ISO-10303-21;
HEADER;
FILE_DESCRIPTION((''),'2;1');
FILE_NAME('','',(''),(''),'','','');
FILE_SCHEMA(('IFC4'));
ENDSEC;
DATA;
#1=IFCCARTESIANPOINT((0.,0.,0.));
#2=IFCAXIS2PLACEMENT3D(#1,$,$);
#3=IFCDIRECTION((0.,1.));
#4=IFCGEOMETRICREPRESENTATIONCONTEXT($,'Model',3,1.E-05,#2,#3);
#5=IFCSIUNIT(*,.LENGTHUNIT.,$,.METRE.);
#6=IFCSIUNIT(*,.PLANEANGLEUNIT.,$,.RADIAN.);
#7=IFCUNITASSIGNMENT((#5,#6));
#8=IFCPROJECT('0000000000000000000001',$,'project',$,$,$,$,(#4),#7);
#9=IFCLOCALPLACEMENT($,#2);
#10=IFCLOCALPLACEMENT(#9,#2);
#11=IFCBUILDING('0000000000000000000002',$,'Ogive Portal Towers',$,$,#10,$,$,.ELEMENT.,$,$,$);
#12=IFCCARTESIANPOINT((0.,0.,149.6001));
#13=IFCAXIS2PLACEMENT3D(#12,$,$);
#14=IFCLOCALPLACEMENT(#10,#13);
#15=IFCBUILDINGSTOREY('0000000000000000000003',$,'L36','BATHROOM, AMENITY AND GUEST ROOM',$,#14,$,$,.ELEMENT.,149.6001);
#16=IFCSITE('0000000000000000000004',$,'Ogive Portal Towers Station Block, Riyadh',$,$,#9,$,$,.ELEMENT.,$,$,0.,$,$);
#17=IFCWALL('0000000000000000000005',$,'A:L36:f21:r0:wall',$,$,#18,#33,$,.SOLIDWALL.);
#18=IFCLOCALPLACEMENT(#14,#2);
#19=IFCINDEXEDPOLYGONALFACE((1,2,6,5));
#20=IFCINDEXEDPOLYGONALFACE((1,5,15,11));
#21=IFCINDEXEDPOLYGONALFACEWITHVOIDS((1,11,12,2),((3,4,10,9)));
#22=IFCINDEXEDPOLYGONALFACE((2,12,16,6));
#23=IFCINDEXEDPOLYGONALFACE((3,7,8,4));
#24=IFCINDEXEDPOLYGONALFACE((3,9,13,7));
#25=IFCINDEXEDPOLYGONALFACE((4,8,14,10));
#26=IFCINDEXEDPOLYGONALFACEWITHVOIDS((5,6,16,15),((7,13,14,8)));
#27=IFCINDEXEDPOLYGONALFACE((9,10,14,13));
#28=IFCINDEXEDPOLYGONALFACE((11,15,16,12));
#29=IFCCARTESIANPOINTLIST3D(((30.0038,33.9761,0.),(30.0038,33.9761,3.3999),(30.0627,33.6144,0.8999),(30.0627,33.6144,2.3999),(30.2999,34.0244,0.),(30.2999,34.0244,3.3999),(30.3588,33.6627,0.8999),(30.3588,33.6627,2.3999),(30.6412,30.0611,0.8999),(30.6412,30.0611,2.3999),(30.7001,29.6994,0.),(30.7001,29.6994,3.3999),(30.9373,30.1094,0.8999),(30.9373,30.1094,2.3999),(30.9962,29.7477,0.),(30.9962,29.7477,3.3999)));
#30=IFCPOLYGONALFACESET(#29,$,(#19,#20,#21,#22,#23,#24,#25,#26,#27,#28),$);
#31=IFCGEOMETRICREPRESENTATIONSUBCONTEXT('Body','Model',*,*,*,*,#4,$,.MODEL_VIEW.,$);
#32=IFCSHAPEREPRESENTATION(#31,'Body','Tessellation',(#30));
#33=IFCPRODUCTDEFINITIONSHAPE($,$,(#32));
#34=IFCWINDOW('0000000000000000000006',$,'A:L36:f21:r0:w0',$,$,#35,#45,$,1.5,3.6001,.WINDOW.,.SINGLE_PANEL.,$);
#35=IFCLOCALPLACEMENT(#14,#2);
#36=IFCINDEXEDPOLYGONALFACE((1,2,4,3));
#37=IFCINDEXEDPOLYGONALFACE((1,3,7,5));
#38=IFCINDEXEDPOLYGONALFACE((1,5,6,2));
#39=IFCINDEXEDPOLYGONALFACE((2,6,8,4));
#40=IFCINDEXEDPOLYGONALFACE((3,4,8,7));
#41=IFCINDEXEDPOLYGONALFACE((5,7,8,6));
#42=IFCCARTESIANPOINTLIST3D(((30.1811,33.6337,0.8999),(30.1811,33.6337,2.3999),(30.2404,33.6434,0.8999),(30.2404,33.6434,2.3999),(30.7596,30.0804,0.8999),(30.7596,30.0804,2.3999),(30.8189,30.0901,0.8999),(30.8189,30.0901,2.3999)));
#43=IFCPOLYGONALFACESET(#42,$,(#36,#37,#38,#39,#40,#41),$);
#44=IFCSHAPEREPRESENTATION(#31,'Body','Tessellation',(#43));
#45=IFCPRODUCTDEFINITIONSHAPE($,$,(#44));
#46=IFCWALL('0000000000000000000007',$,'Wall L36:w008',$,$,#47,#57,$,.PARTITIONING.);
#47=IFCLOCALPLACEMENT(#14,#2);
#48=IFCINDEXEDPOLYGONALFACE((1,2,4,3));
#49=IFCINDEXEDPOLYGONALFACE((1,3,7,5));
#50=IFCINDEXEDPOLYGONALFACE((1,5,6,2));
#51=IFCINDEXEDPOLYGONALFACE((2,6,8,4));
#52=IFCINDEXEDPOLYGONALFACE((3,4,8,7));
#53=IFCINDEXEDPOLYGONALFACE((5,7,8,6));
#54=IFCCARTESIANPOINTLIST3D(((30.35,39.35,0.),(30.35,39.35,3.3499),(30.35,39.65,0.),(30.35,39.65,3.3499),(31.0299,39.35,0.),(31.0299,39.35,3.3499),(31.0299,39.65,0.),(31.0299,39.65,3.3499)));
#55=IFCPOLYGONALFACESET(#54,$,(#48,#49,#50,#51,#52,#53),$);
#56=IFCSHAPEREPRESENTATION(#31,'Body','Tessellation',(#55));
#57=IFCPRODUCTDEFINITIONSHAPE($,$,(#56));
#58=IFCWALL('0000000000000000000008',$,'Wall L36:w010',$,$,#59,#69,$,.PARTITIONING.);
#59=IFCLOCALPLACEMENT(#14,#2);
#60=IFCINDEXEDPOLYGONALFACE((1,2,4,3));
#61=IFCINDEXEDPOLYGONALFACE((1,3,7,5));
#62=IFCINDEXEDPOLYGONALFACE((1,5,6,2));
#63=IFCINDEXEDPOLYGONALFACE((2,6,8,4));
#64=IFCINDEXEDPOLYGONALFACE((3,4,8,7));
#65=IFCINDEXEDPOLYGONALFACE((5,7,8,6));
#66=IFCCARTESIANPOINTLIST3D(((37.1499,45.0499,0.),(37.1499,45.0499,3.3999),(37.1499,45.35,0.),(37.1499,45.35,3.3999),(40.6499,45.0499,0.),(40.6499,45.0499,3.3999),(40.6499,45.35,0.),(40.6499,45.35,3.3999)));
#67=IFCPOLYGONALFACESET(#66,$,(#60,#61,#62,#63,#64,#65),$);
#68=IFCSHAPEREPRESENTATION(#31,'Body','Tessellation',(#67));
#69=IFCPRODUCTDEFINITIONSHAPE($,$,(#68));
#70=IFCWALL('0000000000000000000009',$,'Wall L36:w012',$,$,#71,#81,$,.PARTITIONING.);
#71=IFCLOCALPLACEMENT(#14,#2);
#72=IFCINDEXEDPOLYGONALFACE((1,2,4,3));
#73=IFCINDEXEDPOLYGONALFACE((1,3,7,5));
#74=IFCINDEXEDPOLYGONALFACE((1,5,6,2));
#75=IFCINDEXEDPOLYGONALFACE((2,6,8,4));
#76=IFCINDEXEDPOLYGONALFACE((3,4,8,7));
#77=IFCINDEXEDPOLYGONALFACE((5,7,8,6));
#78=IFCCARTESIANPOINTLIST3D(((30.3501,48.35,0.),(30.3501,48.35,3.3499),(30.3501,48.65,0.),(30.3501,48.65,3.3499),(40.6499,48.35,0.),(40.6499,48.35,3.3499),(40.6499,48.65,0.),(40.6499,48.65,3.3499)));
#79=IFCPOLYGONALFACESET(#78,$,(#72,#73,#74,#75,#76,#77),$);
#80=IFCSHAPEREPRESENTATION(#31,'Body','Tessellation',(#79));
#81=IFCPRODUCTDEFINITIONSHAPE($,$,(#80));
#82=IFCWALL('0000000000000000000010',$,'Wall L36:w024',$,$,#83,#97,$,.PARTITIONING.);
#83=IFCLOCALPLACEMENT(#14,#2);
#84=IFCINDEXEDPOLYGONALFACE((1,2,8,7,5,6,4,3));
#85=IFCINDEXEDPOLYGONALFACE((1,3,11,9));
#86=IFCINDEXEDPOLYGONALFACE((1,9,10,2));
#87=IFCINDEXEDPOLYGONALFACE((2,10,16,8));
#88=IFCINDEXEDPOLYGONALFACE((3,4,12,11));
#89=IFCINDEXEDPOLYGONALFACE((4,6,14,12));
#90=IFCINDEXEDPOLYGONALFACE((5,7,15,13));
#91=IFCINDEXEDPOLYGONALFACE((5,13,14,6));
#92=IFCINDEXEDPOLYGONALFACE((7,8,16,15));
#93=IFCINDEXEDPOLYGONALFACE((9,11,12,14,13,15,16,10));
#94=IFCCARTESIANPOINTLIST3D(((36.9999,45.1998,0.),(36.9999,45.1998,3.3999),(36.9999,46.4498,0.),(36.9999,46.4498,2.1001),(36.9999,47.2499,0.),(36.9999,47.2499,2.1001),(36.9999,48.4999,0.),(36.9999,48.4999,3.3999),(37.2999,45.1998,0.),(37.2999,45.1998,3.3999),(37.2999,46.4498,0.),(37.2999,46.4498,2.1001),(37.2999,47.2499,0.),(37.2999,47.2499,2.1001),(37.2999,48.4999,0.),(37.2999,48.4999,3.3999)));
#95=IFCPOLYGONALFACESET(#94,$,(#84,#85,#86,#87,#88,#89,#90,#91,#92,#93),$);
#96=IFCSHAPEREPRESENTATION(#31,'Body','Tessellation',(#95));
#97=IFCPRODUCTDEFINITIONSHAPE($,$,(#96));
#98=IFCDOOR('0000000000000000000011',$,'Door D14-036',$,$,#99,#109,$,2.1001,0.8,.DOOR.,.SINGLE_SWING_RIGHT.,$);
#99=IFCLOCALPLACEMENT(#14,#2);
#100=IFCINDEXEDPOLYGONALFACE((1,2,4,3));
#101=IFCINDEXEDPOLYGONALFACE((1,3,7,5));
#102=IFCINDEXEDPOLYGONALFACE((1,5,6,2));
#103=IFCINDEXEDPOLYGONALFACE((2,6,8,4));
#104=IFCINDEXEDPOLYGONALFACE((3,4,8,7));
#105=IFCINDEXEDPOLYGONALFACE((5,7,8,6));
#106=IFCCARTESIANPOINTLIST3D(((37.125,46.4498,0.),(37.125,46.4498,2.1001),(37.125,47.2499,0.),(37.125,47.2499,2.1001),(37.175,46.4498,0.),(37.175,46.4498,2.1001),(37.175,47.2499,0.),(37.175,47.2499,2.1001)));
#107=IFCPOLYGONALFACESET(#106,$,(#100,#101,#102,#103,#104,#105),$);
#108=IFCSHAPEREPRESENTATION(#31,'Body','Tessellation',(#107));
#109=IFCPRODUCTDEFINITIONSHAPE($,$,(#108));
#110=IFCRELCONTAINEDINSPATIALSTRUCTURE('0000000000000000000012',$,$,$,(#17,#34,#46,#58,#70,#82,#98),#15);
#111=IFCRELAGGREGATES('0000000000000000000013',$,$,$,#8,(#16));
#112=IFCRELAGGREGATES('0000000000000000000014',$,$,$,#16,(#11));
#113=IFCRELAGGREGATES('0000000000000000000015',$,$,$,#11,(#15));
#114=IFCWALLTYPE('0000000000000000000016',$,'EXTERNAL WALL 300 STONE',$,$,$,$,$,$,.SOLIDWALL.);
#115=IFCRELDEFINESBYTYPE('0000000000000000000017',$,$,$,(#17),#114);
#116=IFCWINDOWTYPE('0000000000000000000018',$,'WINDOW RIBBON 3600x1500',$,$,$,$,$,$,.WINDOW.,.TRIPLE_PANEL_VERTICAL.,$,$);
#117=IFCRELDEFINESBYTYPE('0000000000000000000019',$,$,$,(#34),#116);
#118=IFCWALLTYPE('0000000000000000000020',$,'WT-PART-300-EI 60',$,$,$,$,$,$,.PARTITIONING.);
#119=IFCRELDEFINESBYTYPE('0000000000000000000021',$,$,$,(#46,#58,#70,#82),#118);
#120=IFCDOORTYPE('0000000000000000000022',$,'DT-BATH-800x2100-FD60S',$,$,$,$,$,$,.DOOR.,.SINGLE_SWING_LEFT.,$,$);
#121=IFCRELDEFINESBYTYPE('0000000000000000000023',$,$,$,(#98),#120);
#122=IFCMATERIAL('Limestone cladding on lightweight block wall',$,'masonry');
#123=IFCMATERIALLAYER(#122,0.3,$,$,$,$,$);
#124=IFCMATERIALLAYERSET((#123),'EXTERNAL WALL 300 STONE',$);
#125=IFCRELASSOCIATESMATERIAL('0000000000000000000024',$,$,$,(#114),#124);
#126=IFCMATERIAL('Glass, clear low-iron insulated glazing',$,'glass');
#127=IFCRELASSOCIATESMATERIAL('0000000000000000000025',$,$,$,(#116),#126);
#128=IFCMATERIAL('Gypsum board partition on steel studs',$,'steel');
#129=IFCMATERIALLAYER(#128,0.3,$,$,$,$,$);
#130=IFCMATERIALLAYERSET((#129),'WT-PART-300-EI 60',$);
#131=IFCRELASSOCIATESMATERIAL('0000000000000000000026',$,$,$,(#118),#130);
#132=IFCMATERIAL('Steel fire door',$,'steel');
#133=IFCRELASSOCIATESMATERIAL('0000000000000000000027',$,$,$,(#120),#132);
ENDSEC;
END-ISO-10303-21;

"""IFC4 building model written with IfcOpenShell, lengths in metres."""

from ifc_helpers import new_model, si_unit, direction, frame, frame_2d, origin, place, context, subcontext, project, spatial, rectangle, extrude, material, layer, layer_set, type_object, element, fill, save


model = new_model("IFC4")

# Units and contexts
model_context = context("Model", 3, precision=1e-05, world=origin(), true_north=direction((0.0, 1.0)))
body_context = subcontext(model_context, "Body", "Model", "MODEL_VIEW")
ifc_project = project(units=[si_unit("LENGTHUNIT", "METRE"), si_unit("PLANEANGLEUNIT", "RADIAN")], contexts=[model_context])

# Site, building, storey
site_placement = place(None, origin())
site = spatial("IfcSite", under=ifc_project, at=site_placement, Name="Ogive Portal Towers Station Block, Riyadh", CompositionType="ELEMENT", RefElevation=0.0)
building_placement = place(site_placement, origin())
building = spatial("IfcBuilding", under=site, at=building_placement, Name="Ogive Portal Towers", CompositionType="ELEMENT")
storey_placement = place(building_placement, frame((0.0, 0.0, 149.6001)))
storey = spatial("IfcBuildingStorey", under=building, at=storey_placement, Name="L36", Description="BATHROOM, AMENITY AND GUEST ROOM", CompositionType="ELEMENT", Elevation=149.6001)

# Shared definitions
ifc_material_1 = material(Name="Steel fire door", Category="steel")

# Wall, opening, window
ifc_material_2 = material(Name="Limestone cladding on lightweight block wall", Category="masonry")
ifc_layer_1 = layer(ifc_material_2, 0.3)
ifc_layer_set_1 = layer_set([ifc_layer_1], Name="EXTERNAL WALL 300 STONE")
wall_type_1 = type_object("IfcWallType", Name="EXTERNAL WALL 300 STONE", PredefinedType="SOLIDWALL", material=ifc_layer_set_1)
wall_1_placement = place(storey_placement, frame((30.1519, 34.0002, 0.0), z_axis=(0.0, 0.0, 1.0), x_axis=(0.160697, -0.987004, 0.0)))
wall_1 = element("IfcWall", 1, at=wall_1_placement, inside=storey, type_object=wall_type_1, Name="A:L36:f21:r0:wall", PredefinedType="SOLIDWALL", context=body_context, shape_type="SweptSolid", body=[
    extrude(rectangle(XDim=4.333, YDim=0.3, at=frame_2d((2.1665, 0.0))), origin(), (0.0, 0.0, 1.0), 3.3999),
])
opening_1_placement = place(wall_1_placement, frame((0.3665, 0.0, 0.8999)))
opening_1 = element("IfcOpeningElement", 2, at=opening_1_placement, cuts=wall_1, PredefinedType="OPENING", context=body_context, shape_type="SweptSolid", body=[
    extrude(rectangle(XDim=3.6001, YDim=1.5, at=frame_2d((1.8, 0.75))), frame((0.0, 0.1602, 0.0), z_axis=(0.0, -1.0, 0.0), x_axis=(1.0, 0.0, 0.0)), (0.0, 0.0, 1.0), 0.3201),
])
ifc_material_3 = material(Name="Glass, clear low-iron insulated glazing", Category="glass")
window_type = type_object("IfcWindowType", Name="WINDOW RIBBON 3600x1500", PartitioningType="TRIPLE_PANEL_VERTICAL", PredefinedType="WINDOW", material=ifc_material_3)
window_placement = place(opening_1_placement, origin())
window = element("IfcWindow", 3, at=window_placement, inside=storey, type_object=window_type, Name="A:L36:f21:r0:w0", OverallHeight=1.5, OverallWidth=3.6001, PartitioningType="SINGLE_PANEL", PredefinedType="WINDOW", context=body_context, shape_type="SweptSolid", body=[
    extrude(rectangle(XDim=3.6001, YDim=1.5, at=frame_2d((1.8, 0.75))), frame((0.0, 0.03, 0.0), z_axis=(0.0, -1.0, 0.0), x_axis=(1.0, 0.0, 0.0)), (0.0, 0.0, 1.0), 0.0601),
])
fill(opening_1, window)

# Walls
ifc_material_4 = material(Name="Gypsum board partition on steel studs", Category="steel")
ifc_layer_2 = layer(ifc_material_4, 0.3)
ifc_layer_set_2 = layer_set([ifc_layer_2], Name="WT-PART-300-EI 60")
wall_type_2 = type_object("IfcWallType", Name="WT-PART-300-EI 60", PredefinedType="PARTITIONING", material=ifc_layer_set_2)
wall_2_placement = place(storey_placement, frame((30.3501, 39.5, 0.0), z_axis=(0.0, 0.0, 1.0), x_axis=(1.0, 0.0, 0.0)))
element("IfcWall", 4, at=wall_2_placement, inside=storey, type_object=wall_type_2, Name="Wall L36:w008", PredefinedType="PARTITIONING", context=body_context, shape_type="SweptSolid", body=[
    extrude(rectangle(XDim=0.6799, YDim=0.3, at=frame_2d((0.3398, 0.0))), origin(), (0.0, 0.0, 1.0), 3.3499),
])
wall_3_placement = place(storey_placement, frame((37.1499, 45.2, 0.0), z_axis=(0.0, 0.0, 1.0), x_axis=(1.0, 0.0, 0.0)))
element("IfcWall", 5, at=wall_3_placement, inside=storey, type_object=wall_type_2, Name="Wall L36:w010", PredefinedType="PARTITIONING", context=body_context, shape_type="SweptSolid", body=[
    extrude(rectangle(XDim=3.5, YDim=0.3, at=frame_2d((1.75, 0.0))), origin(), (0.0, 0.0, 1.0), 3.3999),
])
wall_4_placement = place(storey_placement, frame((30.3501, 48.5, 0.0), z_axis=(0.0, 0.0, 1.0), x_axis=(1.0, 0.0, 0.0)))
element("IfcWall", 6, at=wall_4_placement, inside=storey, type_object=wall_type_2, Name="Wall L36:w012", PredefinedType="PARTITIONING", context=body_context, shape_type="SweptSolid", body=[
    extrude(rectangle(XDim=10.2998, YDim=0.3, at=frame_2d((5.1499, 0.0))), origin(), (0.0, 0.0, 1.0), 3.3499),
])

# Wall, opening, door
wall_5_placement = place(storey_placement, frame((37.1499, 45.2, 0.0), z_axis=(0.0, 0.0, 1.0), x_axis=(0.0, 1.0, 0.0)))
wall_5 = element("IfcWall", 7, at=wall_5_placement, inside=storey, type_object=wall_type_2, Name="Wall L36:w024", PredefinedType="PARTITIONING", context=body_context, shape_type="SweptSolid", body=[
    extrude(rectangle(XDim=3.3, YDim=0.3, at=frame_2d((1.6499, 0.0))), origin(), (0.0, 0.0, 1.0), 3.3999),
])
opening_2_placement = place(wall_5_placement, frame((1.25, 0.0, 0.0)))
opening_2 = element("IfcOpeningElement", 8, at=opening_2_placement, cuts=wall_5, PredefinedType="OPENING", context=body_context, shape_type="SweptSolid", body=[
    extrude(rectangle(XDim=0.8, YDim=2.1001, at=frame_2d((0.3999, 1.05))), frame((0.0, 0.1602, 0.0), z_axis=(0.0, -1.0, 0.0), x_axis=(1.0, 0.0, 0.0)), (0.0, 0.0, 1.0), 0.3201),
])
door_type_1 = type_object("IfcDoorType", Name="DT-BATH-800x2100-FD60S", OperationType="SINGLE_SWING_LEFT", PredefinedType="DOOR", material=ifc_material_1)
door_1_placement = place(opening_2_placement, origin())
door_1 = element("IfcDoor", 9, at=door_1_placement, inside=storey, type_object=door_type_1, Name="Door D14-036", OperationType="SINGLE_SWING_RIGHT", OverallHeight=2.1001, OverallWidth=0.8, PredefinedType="DOOR", context=body_context, shape_type="SweptSolid", body=[
    extrude(rectangle(XDim=0.8, YDim=2.1001, at=frame_2d((0.3999, 1.05))), frame((0.0, 0.0249, 0.0), z_axis=(0.0, -1.0, 0.0), x_axis=(1.0, 0.0, 0.0)), (0.0, 0.0, 1.0), 0.05),
])
fill(opening_2, door_1)

save(model, "model.ifc")
